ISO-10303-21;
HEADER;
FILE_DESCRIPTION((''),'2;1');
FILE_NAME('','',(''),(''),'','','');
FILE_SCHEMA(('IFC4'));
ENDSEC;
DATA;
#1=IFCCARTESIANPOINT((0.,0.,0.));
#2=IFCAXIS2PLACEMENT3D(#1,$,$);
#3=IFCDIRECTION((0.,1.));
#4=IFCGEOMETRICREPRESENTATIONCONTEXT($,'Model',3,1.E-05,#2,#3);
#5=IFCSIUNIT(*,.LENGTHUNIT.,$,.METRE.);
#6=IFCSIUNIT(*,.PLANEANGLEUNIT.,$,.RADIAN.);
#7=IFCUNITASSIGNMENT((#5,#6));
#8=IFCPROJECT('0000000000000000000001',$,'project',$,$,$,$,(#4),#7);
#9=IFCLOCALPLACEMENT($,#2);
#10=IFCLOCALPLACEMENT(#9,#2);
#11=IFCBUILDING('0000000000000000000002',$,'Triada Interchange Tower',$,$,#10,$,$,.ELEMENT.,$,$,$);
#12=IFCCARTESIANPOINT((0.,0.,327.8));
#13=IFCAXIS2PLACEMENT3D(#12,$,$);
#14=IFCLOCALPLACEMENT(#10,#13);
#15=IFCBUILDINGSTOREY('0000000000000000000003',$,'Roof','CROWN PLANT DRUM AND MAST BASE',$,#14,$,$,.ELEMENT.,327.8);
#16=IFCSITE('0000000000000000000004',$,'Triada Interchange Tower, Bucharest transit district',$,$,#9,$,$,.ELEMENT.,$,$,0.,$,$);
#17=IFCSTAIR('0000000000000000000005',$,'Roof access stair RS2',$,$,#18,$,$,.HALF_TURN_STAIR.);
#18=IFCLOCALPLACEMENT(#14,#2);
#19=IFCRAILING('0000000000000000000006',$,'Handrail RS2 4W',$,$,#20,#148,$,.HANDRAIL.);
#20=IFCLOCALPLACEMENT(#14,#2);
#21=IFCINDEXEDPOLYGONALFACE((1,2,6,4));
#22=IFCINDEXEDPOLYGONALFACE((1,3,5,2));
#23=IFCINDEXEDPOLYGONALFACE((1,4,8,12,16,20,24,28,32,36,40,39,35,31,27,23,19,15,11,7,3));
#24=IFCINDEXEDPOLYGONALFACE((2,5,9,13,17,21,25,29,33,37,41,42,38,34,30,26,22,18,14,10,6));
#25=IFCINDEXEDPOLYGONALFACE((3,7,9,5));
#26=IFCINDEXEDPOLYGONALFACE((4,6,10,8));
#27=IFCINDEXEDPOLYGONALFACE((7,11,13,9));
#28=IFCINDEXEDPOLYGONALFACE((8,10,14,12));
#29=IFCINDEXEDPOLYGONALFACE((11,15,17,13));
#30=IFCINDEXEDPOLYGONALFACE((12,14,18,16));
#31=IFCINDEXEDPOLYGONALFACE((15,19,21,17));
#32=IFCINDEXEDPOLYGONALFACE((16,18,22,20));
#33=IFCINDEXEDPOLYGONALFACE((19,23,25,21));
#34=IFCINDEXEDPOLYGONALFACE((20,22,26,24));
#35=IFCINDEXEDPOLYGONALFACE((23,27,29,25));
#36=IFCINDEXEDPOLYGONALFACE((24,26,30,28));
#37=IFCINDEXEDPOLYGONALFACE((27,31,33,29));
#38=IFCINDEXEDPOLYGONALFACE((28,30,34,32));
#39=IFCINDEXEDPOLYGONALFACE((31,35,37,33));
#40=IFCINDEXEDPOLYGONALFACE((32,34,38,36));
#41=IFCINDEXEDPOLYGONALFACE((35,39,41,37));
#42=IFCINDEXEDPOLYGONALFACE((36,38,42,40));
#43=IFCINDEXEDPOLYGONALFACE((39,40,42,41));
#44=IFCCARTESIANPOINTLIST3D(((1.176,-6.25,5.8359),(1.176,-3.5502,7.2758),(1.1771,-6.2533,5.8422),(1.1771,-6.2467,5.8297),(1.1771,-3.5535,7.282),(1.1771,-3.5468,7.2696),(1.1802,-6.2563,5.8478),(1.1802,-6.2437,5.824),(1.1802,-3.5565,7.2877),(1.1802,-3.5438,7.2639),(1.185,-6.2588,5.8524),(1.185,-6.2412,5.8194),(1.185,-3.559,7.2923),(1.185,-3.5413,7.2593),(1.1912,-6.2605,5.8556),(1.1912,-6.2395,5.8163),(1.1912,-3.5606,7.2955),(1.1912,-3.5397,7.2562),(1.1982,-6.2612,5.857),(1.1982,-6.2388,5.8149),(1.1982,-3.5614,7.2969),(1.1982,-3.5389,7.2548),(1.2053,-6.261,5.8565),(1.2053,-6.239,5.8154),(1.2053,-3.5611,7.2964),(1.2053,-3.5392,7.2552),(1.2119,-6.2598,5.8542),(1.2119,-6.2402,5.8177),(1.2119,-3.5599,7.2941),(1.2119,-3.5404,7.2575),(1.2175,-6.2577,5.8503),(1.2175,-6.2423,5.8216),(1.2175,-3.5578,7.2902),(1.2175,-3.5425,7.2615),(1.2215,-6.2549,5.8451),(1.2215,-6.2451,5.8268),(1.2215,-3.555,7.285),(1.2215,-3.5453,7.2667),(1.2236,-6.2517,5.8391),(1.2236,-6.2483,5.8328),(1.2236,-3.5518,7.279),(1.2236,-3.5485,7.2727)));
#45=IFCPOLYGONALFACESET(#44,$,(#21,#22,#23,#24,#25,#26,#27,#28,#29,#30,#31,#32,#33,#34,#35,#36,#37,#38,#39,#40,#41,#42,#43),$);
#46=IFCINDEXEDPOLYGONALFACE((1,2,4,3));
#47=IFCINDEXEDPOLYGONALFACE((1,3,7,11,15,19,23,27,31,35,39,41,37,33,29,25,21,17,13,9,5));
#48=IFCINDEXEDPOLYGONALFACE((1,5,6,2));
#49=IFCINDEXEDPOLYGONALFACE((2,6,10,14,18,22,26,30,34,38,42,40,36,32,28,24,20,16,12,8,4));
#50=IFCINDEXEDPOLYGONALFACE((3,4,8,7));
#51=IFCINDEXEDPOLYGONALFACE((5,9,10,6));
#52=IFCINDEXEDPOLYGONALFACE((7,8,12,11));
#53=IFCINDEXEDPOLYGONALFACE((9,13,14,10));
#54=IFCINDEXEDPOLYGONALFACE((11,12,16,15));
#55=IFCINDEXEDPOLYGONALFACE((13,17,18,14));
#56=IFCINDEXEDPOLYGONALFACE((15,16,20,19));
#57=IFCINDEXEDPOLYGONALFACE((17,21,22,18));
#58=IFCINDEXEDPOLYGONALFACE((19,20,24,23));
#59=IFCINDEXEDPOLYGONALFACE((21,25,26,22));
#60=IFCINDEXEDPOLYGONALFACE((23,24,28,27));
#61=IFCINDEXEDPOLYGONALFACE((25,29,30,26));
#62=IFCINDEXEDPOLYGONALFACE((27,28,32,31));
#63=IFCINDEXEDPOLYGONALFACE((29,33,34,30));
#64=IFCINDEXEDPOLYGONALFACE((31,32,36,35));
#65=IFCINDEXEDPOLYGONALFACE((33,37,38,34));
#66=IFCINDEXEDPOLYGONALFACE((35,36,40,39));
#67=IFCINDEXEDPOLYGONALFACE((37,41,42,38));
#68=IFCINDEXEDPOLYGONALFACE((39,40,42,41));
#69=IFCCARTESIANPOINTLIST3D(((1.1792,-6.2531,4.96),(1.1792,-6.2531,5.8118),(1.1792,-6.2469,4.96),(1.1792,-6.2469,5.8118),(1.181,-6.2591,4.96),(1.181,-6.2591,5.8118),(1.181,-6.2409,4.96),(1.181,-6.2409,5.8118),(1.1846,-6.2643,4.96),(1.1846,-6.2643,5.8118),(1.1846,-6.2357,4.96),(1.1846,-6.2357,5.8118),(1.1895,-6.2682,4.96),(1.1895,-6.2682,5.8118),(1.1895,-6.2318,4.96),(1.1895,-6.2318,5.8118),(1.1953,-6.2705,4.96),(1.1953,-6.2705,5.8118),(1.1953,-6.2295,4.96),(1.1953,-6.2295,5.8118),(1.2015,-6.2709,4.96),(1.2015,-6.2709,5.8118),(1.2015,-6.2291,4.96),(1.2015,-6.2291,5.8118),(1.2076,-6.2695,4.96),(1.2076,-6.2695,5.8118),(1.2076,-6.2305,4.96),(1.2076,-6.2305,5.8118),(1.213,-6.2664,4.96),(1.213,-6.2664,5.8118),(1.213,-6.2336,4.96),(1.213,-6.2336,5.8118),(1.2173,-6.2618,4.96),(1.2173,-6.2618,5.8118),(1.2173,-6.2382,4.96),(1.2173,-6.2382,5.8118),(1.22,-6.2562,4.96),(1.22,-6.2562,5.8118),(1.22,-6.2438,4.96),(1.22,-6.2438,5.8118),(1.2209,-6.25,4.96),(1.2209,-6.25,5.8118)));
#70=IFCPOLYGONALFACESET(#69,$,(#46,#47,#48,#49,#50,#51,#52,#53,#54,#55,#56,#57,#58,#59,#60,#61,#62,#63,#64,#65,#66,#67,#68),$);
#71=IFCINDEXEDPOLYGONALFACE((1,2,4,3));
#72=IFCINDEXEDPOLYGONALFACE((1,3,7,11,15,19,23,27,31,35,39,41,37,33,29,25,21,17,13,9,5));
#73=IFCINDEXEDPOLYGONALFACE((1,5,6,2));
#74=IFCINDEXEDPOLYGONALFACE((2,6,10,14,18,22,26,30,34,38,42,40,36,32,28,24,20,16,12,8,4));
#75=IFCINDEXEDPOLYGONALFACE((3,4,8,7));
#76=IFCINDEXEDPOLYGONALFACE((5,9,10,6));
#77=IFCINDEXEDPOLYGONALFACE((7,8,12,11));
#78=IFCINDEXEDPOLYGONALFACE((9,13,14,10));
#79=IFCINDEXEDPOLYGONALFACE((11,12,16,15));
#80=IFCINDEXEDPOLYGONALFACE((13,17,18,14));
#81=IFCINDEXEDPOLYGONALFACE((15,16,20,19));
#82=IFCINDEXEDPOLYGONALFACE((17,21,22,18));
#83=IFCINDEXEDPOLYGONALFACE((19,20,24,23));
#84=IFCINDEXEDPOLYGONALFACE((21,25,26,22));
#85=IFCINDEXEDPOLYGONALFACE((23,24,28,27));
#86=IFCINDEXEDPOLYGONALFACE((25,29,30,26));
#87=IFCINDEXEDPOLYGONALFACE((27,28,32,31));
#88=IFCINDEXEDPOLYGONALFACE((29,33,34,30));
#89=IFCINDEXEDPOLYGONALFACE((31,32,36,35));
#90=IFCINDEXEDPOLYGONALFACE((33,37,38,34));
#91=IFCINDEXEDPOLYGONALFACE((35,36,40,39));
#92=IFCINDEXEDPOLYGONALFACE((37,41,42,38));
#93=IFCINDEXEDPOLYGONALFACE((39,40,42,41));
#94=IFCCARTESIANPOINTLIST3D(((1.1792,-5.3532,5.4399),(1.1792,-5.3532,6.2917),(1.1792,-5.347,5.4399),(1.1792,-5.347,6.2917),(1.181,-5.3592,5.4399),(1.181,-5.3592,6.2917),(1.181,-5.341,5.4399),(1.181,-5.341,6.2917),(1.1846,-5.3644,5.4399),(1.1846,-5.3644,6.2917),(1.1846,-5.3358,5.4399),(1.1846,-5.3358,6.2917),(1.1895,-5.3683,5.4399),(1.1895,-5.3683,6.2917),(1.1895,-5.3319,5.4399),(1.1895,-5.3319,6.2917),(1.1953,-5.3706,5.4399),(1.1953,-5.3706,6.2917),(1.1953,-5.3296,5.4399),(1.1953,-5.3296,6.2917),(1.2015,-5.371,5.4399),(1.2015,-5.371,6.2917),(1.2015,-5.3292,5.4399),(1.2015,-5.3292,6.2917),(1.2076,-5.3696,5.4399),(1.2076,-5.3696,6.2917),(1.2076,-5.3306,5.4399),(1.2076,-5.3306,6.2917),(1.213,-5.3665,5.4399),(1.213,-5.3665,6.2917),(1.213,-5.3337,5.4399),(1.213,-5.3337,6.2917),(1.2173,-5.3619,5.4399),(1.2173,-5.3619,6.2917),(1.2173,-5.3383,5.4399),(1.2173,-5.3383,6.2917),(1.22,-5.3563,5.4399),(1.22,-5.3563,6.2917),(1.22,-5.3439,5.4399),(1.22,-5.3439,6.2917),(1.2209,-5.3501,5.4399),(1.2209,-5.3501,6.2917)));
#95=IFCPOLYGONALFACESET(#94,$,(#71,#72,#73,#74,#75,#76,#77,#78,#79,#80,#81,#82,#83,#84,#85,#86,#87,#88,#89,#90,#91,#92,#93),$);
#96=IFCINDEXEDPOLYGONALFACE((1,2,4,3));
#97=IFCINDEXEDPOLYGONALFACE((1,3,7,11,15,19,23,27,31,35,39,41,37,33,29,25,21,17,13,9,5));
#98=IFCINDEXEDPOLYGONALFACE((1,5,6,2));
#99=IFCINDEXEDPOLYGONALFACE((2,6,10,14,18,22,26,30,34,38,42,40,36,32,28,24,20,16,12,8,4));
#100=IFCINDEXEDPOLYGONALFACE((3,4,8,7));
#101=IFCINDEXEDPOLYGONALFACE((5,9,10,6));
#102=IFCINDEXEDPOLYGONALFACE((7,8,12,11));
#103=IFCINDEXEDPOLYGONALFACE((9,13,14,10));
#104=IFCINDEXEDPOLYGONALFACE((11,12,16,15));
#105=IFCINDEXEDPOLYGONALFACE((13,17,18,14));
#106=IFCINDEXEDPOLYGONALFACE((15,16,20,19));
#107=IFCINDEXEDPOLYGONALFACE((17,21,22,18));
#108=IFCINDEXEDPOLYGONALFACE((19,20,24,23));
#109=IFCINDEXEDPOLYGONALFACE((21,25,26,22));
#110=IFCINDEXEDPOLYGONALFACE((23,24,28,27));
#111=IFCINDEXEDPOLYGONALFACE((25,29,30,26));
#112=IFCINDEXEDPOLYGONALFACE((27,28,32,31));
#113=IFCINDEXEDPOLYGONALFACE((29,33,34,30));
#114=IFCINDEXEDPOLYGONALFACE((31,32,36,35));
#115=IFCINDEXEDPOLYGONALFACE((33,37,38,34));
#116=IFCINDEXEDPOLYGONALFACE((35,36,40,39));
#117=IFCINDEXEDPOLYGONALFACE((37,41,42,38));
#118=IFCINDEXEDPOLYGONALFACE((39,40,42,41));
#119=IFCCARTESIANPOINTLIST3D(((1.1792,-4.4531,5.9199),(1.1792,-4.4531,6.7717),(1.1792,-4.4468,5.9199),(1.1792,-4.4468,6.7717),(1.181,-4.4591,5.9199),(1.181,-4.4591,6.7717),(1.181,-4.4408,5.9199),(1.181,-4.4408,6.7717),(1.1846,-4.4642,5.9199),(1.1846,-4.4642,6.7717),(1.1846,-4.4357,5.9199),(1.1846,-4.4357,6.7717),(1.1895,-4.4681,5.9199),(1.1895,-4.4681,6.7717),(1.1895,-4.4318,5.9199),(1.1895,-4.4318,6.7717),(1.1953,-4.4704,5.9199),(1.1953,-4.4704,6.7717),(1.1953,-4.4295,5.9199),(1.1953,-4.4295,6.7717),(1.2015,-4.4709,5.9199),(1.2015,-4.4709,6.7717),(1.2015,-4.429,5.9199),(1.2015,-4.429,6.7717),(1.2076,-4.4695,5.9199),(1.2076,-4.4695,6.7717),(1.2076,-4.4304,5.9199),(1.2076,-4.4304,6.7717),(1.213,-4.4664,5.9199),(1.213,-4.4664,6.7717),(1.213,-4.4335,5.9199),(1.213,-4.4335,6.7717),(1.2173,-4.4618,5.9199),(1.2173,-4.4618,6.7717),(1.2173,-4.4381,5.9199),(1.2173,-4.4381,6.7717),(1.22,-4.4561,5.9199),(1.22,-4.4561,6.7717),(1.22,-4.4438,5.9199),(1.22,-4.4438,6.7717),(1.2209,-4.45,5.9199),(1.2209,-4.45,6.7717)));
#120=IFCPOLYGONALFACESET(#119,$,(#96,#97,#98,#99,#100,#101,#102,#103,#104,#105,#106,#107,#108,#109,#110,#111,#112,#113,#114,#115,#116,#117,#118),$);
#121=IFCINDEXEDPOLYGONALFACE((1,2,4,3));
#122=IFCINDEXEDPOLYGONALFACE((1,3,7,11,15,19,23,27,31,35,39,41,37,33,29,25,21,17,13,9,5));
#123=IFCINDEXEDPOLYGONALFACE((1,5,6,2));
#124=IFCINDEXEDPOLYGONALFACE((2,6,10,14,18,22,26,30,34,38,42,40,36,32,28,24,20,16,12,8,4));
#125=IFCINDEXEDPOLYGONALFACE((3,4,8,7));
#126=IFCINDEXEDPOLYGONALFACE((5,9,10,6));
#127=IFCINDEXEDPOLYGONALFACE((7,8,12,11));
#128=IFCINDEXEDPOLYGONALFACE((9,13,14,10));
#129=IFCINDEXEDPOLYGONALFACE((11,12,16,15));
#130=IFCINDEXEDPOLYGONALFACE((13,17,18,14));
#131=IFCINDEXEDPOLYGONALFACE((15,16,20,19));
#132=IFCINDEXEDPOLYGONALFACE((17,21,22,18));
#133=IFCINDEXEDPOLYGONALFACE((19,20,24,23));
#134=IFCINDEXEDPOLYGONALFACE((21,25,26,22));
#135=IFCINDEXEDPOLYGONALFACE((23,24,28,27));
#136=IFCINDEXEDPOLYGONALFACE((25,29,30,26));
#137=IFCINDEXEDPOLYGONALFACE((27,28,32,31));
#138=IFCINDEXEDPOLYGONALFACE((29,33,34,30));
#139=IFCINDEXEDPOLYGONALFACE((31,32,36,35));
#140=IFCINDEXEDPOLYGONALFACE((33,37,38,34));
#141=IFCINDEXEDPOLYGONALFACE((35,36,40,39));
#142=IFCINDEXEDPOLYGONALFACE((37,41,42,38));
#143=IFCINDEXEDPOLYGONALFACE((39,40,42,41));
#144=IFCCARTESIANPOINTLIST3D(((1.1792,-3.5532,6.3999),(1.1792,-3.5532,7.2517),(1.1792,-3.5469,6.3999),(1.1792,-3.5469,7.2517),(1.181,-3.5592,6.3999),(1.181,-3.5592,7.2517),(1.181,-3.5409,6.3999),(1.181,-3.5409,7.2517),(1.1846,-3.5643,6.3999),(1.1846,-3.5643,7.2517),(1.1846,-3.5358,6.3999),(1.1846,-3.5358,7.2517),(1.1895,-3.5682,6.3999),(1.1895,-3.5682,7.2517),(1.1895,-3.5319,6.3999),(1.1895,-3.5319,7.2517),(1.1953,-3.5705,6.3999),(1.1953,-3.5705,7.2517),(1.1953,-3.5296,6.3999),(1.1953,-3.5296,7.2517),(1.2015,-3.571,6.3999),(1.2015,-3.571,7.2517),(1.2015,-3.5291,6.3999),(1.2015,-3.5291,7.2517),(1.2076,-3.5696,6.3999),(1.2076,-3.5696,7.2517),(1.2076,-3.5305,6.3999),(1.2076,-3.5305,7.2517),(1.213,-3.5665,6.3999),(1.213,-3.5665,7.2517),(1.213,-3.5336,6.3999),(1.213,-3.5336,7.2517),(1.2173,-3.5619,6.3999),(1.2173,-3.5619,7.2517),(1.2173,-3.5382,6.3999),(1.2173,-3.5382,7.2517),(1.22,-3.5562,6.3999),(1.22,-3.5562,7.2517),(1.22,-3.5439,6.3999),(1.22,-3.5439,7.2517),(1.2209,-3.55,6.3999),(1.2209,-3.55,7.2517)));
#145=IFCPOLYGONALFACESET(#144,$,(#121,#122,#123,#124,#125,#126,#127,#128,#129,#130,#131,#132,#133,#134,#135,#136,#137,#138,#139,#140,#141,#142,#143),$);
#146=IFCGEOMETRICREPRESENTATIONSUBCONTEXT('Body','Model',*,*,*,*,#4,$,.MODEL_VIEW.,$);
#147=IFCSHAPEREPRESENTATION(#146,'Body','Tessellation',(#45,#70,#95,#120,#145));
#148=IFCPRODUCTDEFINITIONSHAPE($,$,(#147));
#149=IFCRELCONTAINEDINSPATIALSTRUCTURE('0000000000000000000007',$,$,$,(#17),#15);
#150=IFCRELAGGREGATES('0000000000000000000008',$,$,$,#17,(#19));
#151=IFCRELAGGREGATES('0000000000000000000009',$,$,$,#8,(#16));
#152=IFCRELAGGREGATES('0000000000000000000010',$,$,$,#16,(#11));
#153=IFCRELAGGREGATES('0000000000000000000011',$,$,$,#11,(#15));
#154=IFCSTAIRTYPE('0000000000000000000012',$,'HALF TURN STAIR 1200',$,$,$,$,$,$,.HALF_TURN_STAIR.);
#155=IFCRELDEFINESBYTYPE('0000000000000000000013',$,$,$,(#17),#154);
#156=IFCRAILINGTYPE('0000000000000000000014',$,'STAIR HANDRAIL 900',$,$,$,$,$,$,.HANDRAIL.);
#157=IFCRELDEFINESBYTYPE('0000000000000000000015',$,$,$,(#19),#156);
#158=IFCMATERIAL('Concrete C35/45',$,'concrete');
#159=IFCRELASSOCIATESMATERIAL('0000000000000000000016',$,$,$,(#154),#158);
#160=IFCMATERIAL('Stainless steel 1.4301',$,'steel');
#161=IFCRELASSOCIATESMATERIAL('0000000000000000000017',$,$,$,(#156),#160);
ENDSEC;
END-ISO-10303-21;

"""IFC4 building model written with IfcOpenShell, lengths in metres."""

from ifc_helpers import new_model, si_unit, direction, frame, origin, origin_2d, place, context, subcontext, project, spatial, circle, extrude, material, type_object, element, aggregate, save


model = new_model("IFC4")

# Units and contexts
model_context = context("Model", 3, precision=1e-05, world=origin(), true_north=direction((0.0, 1.0)))
body_context = subcontext(model_context, "Body", "Model", "MODEL_VIEW")
ifc_project = project(units=[si_unit("LENGTHUNIT", "METRE"), si_unit("PLANEANGLEUNIT", "RADIAN")], contexts=[model_context])

# Site, building, storey
site_placement = place(None, origin())
site = spatial("IfcSite", under=ifc_project, at=site_placement, Name="Triada Interchange Tower, Bucharest transit district", CompositionType="ELEMENT", RefElevation=0.0)
building_placement = place(site_placement, origin())
building = spatial("IfcBuilding", under=site, at=building_placement, Name="Triada Interchange Tower", CompositionType="ELEMENT")
storey_placement = place(building_placement, frame((0.0, 0.0, 327.8)))
storey = spatial("IfcBuildingStorey", under=building, at=storey_placement, Name="Roof", Description="CROWN PLANT DRUM AND MAST BASE", CompositionType="ELEMENT", Elevation=327.8)

# Stair
ifc_material_1 = material(Name="Concrete C35/45", Category="concrete")
stair_type = type_object("IfcStairType", Name="HALF TURN STAIR 1200", PredefinedType="HALF_TURN_STAIR", material=ifc_material_1)
stair_1_placement = place(storey_placement, origin())
stair_1 = element("IfcStair", 1, at=stair_1_placement, inside=storey, type_object=stair_type, Name="Roof access stair RS2", PredefinedType="HALF_TURN_STAIR")

# Railing
ifc_material_2 = material(Name="Stainless steel 1.4301", Category="steel")
railing_type = type_object("IfcRailingType", Name="STAIR HANDRAIL 900", PredefinedType="HANDRAIL", material=ifc_material_2)
railing_1_placement = place(storey_placement, frame((1.2, -6.25, 4.96)))
railing_1 = element("IfcRailing", 2, at=railing_1_placement, type_object=railing_type, Name="Handrail RS2 4W", PredefinedType="HANDRAIL", context=body_context, shape_type="SweptSolid", body=[
    extrude(circle(Radius=0.0239, at=origin_2d()), frame((0.0, 0.0, 0.876), z_axis=(0.0, 0.882357, 0.47058), x_axis=(-1.0, 0.0, 0.0)), (0.0, 0.0, 1.0), 3.0598),
    extrude(circle(Radius=0.021, at=origin_2d()), origin(), (0.0, 0.0, 1.0), 0.8518),
    extrude(circle(Radius=0.021, at=origin_2d()), frame((0.0, 0.8999, 0.48)), (0.0, 0.0, 1.0), 0.8518),
    extrude(circle(Radius=0.021, at=origin_2d()), frame((0.0, 1.8, 0.96)), (0.0, 0.0, 1.0), 0.8518),
    extrude(circle(Radius=0.021, at=origin_2d()), frame((0.0, 2.7, 1.4399)), (0.0, 0.0, 1.0), 0.8518),
])
aggregate(stair_1, [railing_1])

save(model, "model.ifc")
